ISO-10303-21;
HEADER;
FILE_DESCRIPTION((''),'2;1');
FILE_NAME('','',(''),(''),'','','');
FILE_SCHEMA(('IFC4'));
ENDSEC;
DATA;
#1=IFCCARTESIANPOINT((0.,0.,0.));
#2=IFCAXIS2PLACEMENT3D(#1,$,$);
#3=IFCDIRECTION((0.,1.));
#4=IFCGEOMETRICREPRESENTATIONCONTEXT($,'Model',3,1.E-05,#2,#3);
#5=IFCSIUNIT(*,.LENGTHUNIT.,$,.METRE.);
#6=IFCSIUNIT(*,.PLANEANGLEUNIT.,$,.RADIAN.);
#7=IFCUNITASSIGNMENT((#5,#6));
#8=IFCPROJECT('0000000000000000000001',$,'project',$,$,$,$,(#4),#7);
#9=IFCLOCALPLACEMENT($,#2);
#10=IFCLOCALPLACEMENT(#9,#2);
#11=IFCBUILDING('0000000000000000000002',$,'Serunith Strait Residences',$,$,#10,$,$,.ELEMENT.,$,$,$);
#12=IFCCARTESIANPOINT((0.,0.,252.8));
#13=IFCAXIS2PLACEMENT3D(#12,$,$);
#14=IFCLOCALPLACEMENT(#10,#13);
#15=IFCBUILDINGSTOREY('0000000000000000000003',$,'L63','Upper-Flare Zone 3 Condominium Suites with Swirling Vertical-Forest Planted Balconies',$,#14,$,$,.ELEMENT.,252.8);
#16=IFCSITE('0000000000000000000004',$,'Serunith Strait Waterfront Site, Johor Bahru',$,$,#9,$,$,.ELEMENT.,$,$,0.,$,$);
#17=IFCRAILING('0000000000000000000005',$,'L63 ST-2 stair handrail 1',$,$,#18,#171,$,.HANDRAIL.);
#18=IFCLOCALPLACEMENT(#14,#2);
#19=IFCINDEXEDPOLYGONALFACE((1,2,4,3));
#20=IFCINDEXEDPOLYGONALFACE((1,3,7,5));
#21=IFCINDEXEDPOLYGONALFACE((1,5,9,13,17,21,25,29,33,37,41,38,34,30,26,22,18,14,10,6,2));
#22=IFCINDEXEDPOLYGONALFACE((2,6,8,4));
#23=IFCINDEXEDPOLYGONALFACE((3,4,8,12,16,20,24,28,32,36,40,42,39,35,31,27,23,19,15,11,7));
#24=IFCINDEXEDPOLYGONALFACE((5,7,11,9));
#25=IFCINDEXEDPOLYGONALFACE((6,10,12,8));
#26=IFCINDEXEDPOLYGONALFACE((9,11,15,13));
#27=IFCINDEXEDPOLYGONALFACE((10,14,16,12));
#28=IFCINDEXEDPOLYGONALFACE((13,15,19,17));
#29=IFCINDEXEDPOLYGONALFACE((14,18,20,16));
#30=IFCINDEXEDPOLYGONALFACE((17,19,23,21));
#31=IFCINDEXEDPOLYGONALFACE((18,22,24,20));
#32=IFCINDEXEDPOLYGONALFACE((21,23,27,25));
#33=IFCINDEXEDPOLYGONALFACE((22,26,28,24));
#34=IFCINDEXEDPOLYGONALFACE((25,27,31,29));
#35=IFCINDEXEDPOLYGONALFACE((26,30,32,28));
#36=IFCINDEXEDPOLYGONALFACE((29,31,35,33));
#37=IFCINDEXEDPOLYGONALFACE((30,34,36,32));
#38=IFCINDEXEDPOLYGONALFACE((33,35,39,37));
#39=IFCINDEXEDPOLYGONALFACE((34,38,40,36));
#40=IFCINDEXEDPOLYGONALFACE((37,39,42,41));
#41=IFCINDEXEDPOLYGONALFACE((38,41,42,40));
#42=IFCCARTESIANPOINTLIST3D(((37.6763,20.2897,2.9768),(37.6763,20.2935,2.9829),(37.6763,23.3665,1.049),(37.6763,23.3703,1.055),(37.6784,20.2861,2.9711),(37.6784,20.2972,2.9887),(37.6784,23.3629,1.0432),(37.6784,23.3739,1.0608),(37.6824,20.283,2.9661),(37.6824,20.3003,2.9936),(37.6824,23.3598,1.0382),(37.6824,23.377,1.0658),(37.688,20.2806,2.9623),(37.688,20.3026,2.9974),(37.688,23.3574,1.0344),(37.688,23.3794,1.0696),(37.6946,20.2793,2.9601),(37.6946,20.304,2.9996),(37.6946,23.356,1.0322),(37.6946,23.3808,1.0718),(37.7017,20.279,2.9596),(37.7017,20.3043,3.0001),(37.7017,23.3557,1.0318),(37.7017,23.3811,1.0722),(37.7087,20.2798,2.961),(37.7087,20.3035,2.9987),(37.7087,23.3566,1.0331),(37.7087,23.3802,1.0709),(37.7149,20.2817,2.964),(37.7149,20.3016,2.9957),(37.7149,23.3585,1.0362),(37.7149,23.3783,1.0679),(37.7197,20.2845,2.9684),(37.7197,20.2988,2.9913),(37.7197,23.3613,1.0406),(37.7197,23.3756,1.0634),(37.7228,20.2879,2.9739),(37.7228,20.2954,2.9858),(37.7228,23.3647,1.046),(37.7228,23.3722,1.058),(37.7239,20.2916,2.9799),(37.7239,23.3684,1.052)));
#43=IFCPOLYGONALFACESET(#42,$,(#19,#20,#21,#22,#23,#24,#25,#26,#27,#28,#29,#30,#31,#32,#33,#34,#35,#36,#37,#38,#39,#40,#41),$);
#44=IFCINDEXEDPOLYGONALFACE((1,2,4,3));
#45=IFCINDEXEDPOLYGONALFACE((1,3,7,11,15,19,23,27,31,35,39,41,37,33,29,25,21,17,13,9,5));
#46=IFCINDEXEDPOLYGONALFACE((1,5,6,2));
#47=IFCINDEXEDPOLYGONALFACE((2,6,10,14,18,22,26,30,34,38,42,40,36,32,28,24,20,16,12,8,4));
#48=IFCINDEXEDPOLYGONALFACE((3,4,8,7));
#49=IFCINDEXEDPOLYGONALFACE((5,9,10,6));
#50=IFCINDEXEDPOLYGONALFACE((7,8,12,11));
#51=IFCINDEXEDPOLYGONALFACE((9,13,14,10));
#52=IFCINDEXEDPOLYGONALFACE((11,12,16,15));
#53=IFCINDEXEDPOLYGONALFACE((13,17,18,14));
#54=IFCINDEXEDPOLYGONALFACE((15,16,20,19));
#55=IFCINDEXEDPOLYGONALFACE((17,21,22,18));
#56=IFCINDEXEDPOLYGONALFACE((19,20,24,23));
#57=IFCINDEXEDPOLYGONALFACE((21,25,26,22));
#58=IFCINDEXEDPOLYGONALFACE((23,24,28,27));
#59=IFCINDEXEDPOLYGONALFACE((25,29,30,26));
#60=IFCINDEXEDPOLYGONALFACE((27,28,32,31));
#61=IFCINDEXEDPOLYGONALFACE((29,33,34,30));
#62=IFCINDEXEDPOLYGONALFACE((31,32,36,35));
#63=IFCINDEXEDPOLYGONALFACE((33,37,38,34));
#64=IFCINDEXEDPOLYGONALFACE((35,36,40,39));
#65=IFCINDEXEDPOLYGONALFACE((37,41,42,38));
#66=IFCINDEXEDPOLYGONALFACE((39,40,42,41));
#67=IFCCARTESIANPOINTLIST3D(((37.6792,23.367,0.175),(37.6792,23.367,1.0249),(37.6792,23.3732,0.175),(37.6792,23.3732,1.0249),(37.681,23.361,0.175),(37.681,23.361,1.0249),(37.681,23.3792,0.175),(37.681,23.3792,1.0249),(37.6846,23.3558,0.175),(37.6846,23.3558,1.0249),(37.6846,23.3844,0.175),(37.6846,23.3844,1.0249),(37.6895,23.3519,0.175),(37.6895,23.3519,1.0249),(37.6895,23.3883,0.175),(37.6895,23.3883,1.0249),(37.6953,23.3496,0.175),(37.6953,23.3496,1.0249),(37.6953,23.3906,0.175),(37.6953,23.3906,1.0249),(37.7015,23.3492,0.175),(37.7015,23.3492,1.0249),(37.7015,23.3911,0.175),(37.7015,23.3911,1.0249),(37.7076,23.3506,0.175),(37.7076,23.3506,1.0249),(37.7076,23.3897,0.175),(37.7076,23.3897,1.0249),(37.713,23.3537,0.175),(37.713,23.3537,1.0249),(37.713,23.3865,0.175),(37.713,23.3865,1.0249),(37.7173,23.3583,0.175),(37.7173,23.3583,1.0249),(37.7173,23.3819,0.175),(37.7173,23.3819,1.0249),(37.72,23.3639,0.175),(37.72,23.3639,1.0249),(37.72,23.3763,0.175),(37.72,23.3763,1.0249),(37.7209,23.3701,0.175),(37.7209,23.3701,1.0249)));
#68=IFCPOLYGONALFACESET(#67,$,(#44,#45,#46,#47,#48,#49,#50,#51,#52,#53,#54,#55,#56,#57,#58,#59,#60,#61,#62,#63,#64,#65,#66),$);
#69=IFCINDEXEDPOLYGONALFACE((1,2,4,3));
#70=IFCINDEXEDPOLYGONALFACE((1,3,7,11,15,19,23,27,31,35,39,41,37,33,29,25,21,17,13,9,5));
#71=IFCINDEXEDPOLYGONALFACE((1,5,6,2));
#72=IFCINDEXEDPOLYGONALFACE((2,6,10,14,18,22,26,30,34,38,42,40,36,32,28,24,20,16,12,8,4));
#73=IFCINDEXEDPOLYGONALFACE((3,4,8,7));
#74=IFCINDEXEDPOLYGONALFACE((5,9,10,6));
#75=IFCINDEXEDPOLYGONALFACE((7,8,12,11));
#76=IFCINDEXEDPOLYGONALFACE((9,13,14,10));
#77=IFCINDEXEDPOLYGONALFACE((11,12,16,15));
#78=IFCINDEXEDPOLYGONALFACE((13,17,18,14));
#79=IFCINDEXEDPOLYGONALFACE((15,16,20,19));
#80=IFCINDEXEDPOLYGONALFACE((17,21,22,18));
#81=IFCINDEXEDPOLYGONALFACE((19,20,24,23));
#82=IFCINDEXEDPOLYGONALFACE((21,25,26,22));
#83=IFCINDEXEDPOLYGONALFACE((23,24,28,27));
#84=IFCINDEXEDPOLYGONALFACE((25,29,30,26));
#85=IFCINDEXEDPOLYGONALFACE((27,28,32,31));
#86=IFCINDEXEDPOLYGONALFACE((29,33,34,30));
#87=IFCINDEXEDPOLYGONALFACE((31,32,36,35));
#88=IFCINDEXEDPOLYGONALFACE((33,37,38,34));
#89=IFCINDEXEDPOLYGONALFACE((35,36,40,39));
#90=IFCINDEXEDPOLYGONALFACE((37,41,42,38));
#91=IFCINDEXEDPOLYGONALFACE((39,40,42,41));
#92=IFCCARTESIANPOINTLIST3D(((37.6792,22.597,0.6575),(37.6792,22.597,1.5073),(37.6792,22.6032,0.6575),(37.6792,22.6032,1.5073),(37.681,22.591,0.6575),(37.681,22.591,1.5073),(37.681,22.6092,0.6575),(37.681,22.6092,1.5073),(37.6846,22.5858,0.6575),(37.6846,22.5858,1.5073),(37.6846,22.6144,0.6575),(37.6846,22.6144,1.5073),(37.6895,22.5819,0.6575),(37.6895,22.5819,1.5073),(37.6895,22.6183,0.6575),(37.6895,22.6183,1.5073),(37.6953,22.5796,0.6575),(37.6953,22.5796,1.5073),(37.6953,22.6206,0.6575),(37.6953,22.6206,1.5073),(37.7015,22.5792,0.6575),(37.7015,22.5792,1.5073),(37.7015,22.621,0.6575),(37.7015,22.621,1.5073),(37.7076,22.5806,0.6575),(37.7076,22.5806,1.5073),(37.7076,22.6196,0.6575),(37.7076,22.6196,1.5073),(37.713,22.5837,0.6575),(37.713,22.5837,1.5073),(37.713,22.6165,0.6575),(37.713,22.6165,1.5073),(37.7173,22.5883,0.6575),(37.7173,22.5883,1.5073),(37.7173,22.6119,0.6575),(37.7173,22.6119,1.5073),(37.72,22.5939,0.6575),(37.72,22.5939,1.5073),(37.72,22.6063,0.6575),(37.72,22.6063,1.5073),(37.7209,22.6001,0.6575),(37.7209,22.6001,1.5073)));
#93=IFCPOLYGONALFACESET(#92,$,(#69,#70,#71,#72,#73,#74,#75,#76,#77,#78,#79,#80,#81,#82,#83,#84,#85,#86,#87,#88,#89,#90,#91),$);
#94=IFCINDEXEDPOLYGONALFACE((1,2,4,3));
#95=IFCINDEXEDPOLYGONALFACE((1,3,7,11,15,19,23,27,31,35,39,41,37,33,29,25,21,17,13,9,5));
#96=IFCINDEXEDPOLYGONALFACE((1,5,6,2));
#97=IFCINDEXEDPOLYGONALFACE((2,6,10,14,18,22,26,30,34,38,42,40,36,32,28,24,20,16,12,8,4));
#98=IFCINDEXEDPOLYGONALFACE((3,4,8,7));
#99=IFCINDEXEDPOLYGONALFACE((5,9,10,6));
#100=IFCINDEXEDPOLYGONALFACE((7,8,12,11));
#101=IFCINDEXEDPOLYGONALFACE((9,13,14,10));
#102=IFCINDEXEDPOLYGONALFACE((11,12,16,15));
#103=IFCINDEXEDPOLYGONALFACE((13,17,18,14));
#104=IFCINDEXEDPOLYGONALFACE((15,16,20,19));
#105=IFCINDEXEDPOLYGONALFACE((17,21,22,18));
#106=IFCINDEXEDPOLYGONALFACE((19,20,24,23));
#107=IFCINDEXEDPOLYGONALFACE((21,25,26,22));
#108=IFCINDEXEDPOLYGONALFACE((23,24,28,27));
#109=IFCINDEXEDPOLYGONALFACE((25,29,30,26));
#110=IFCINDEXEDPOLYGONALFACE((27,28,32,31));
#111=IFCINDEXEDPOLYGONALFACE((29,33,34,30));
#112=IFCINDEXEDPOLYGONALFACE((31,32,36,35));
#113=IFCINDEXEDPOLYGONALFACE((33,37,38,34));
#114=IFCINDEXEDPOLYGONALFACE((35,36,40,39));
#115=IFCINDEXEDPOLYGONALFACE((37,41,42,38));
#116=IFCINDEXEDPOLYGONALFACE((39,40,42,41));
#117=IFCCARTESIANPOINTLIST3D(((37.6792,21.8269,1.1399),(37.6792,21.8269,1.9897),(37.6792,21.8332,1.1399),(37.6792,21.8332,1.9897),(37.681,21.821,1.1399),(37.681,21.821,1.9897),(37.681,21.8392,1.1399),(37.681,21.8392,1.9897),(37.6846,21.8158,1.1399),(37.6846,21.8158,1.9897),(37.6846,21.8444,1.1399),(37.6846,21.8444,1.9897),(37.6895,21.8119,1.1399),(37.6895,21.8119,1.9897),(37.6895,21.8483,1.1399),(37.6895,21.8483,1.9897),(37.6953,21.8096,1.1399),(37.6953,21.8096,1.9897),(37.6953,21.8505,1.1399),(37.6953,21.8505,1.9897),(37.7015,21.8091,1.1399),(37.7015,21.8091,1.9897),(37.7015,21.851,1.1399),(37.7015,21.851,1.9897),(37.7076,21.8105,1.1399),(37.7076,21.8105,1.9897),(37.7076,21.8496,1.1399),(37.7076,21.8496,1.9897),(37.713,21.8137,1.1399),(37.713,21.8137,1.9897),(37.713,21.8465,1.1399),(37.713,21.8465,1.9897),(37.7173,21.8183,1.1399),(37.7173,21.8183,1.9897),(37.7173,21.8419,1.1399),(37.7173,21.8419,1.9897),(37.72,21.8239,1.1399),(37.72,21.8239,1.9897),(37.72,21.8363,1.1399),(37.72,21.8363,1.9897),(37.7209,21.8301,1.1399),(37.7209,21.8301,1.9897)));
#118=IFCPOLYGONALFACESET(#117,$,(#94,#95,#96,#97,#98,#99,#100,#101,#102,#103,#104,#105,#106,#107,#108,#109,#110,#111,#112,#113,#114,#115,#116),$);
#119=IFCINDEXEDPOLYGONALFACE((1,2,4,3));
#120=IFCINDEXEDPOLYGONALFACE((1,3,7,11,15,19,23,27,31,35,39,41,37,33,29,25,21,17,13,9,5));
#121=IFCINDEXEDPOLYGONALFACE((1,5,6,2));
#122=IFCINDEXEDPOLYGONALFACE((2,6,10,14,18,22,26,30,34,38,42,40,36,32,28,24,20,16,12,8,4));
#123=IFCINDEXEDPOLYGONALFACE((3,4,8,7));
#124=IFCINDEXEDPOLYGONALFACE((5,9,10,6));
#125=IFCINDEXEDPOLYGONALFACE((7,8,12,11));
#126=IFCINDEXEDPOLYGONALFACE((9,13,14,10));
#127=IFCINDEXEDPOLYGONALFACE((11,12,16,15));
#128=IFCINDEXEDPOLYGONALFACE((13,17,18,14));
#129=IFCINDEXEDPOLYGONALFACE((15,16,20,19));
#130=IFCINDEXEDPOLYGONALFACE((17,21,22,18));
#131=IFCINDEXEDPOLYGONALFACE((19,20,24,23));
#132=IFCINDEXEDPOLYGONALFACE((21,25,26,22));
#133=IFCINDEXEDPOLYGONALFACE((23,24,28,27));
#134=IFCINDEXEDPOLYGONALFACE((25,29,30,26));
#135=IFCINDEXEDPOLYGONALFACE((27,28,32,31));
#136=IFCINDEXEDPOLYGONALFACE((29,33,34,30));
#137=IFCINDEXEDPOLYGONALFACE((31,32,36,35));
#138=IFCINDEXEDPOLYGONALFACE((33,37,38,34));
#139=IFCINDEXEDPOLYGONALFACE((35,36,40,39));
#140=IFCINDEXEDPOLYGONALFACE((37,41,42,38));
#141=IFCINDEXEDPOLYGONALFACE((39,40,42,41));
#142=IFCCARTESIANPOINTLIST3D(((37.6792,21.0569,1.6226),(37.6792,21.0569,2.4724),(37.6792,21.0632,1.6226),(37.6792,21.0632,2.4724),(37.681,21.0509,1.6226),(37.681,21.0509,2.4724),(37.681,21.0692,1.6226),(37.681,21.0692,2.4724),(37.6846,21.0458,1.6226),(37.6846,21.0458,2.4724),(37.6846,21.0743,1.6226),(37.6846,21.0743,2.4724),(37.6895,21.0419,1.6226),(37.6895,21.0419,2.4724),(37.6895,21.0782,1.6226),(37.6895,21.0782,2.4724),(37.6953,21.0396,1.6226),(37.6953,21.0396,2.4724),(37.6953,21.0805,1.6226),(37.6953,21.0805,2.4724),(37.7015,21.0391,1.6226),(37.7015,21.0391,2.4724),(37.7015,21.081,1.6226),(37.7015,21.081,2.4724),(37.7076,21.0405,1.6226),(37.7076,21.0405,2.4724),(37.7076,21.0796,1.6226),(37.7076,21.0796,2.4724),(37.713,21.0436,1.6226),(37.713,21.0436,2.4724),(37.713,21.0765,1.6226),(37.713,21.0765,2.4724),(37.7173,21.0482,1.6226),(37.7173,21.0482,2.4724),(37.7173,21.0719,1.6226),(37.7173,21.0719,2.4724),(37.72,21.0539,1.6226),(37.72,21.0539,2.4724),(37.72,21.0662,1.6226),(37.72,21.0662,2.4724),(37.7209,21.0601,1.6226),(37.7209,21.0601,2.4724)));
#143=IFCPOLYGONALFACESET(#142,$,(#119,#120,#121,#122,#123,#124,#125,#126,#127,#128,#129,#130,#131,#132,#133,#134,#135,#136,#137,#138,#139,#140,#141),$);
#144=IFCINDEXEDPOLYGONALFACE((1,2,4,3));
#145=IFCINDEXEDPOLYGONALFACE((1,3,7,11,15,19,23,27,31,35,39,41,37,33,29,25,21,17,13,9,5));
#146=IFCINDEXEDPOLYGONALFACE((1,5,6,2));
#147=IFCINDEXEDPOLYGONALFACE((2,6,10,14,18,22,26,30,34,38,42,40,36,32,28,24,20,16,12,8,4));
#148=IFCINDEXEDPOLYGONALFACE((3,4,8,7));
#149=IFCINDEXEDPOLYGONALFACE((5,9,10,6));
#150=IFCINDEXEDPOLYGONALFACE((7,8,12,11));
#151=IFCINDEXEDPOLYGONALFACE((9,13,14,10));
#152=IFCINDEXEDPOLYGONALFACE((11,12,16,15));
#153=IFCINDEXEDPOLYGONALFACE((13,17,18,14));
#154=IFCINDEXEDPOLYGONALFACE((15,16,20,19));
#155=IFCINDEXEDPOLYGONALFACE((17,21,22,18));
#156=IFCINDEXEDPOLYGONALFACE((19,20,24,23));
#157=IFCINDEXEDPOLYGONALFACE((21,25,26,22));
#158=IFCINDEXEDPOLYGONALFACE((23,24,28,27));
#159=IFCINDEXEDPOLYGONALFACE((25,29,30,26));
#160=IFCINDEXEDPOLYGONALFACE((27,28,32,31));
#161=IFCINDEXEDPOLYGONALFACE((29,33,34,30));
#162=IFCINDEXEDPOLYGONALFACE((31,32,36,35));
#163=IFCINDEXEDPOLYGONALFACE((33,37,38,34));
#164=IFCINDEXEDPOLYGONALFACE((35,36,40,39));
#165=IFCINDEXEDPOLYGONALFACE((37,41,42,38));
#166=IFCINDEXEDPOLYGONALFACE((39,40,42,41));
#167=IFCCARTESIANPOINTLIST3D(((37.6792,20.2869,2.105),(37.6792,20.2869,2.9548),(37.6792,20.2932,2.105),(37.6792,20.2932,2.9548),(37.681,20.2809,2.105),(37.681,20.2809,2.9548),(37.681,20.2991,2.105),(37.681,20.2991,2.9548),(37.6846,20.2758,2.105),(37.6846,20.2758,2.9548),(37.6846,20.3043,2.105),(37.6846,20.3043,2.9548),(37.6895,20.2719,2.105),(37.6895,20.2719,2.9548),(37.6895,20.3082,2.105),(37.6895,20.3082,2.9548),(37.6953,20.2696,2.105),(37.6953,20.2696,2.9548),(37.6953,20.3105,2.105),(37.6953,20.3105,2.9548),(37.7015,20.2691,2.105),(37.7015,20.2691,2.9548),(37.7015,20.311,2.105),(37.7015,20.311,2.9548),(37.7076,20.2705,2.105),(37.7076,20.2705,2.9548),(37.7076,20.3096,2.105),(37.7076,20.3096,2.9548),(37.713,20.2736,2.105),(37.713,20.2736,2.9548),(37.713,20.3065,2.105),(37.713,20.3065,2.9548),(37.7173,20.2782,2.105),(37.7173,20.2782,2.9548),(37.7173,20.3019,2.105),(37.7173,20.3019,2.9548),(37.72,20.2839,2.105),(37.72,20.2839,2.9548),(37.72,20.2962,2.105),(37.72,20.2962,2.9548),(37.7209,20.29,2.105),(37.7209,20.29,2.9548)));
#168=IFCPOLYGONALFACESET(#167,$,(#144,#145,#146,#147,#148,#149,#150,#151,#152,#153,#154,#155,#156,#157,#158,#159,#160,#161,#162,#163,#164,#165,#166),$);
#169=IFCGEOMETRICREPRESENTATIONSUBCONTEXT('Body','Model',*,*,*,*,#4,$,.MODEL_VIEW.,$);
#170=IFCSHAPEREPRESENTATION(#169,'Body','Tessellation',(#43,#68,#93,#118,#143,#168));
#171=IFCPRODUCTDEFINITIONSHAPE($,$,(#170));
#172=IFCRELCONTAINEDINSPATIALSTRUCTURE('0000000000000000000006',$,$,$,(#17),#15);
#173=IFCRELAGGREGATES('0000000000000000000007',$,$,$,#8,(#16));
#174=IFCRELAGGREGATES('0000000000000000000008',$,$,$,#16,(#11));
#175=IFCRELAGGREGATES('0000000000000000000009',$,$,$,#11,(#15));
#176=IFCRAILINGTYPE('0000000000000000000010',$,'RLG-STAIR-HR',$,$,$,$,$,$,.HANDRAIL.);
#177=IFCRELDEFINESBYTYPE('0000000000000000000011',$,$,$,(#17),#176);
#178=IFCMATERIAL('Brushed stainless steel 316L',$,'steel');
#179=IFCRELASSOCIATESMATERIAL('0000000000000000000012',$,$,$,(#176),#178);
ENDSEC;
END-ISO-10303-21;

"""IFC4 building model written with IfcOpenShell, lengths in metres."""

from ifc_helpers import new_model, si_unit, direction, frame, origin, origin_2d, place, context, subcontext, project, spatial, circle, extrude, material, type_object, element, save


model = new_model("IFC4")

# Units and contexts
model_context = context("Model", 3, precision=1e-05, world=origin(), true_north=direction((0.0, 1.0)))
body_context = subcontext(model_context, "Body", "Model", "MODEL_VIEW")
ifc_project = project(units=[si_unit("LENGTHUNIT", "METRE"), si_unit("PLANEANGLEUNIT", "RADIAN")], contexts=[model_context])

# Site, building, storey
site_placement = place(None, origin())
site = spatial("IfcSite", under=ifc_project, at=site_placement, Name="Serunith Strait Waterfront Site, Johor Bahru", CompositionType="ELEMENT", RefElevation=0.0)
building_placement = place(site_placement, origin())
building = spatial("IfcBuilding", under=site, at=building_placement, Name="Serunith Strait Residences", CompositionType="ELEMENT")
storey_placement = place(building_placement, frame((0.0, 0.0, 252.8)))
storey = spatial("IfcBuildingStorey", under=building, at=storey_placement, Name="L63", Description="Upper-Flare Zone 3 Condominium Suites with Swirling Vertical-Forest Planted Balconies", CompositionType="ELEMENT", Elevation=252.8)

# Railing
ifc_material_1 = material(Name="Brushed stainless steel 316L", Category="steel")
railing_type_1 = type_object("IfcRailingType", Name="RLG-STAIR-HR", PredefinedType="HANDRAIL", material=ifc_material_1)
railing_1_placement = place(storey_placement, frame((37.7, 23.3701, 0.175)))
element("IfcRailing", 1, at=railing_1_placement, inside=storey, type_object=railing_type_1, Name="L63 ST-2 stair handrail 1", PredefinedType="HANDRAIL", context=body_context, shape_type="SweptSolid", body=[
    extrude(circle(Radius=0.0239, at=origin_2d()), frame((0.0, -0.0017, 0.877), z_axis=(0.0, -0.847394, 0.530965), x_axis=(1.0, 0.0, 0.0)), (0.0, 0.0, 1.0), 3.6309),
    extrude(circle(Radius=0.021, at=origin_2d()), origin(), (0.0, 0.0, 1.0), 0.8499),
    extrude(circle(Radius=0.021, at=origin_2d()), frame((0.0, -0.77, 0.4824)), (0.0, 0.0, 1.0), 0.8499),
    extrude(circle(Radius=0.021, at=origin_2d()), frame((0.0, -1.54, 0.9648)), (0.0, 0.0, 1.0), 0.8499),
    extrude(circle(Radius=0.021, at=origin_2d()), frame((0.0, -2.3101, 1.4475)), (0.0, 0.0, 1.0), 0.8499),
    extrude(circle(Radius=0.021, at=origin_2d()), frame((0.0, -3.0801, 1.9299)), (0.0, 0.0, 1.0), 0.8499),
])

save(model, "model.ifc")
